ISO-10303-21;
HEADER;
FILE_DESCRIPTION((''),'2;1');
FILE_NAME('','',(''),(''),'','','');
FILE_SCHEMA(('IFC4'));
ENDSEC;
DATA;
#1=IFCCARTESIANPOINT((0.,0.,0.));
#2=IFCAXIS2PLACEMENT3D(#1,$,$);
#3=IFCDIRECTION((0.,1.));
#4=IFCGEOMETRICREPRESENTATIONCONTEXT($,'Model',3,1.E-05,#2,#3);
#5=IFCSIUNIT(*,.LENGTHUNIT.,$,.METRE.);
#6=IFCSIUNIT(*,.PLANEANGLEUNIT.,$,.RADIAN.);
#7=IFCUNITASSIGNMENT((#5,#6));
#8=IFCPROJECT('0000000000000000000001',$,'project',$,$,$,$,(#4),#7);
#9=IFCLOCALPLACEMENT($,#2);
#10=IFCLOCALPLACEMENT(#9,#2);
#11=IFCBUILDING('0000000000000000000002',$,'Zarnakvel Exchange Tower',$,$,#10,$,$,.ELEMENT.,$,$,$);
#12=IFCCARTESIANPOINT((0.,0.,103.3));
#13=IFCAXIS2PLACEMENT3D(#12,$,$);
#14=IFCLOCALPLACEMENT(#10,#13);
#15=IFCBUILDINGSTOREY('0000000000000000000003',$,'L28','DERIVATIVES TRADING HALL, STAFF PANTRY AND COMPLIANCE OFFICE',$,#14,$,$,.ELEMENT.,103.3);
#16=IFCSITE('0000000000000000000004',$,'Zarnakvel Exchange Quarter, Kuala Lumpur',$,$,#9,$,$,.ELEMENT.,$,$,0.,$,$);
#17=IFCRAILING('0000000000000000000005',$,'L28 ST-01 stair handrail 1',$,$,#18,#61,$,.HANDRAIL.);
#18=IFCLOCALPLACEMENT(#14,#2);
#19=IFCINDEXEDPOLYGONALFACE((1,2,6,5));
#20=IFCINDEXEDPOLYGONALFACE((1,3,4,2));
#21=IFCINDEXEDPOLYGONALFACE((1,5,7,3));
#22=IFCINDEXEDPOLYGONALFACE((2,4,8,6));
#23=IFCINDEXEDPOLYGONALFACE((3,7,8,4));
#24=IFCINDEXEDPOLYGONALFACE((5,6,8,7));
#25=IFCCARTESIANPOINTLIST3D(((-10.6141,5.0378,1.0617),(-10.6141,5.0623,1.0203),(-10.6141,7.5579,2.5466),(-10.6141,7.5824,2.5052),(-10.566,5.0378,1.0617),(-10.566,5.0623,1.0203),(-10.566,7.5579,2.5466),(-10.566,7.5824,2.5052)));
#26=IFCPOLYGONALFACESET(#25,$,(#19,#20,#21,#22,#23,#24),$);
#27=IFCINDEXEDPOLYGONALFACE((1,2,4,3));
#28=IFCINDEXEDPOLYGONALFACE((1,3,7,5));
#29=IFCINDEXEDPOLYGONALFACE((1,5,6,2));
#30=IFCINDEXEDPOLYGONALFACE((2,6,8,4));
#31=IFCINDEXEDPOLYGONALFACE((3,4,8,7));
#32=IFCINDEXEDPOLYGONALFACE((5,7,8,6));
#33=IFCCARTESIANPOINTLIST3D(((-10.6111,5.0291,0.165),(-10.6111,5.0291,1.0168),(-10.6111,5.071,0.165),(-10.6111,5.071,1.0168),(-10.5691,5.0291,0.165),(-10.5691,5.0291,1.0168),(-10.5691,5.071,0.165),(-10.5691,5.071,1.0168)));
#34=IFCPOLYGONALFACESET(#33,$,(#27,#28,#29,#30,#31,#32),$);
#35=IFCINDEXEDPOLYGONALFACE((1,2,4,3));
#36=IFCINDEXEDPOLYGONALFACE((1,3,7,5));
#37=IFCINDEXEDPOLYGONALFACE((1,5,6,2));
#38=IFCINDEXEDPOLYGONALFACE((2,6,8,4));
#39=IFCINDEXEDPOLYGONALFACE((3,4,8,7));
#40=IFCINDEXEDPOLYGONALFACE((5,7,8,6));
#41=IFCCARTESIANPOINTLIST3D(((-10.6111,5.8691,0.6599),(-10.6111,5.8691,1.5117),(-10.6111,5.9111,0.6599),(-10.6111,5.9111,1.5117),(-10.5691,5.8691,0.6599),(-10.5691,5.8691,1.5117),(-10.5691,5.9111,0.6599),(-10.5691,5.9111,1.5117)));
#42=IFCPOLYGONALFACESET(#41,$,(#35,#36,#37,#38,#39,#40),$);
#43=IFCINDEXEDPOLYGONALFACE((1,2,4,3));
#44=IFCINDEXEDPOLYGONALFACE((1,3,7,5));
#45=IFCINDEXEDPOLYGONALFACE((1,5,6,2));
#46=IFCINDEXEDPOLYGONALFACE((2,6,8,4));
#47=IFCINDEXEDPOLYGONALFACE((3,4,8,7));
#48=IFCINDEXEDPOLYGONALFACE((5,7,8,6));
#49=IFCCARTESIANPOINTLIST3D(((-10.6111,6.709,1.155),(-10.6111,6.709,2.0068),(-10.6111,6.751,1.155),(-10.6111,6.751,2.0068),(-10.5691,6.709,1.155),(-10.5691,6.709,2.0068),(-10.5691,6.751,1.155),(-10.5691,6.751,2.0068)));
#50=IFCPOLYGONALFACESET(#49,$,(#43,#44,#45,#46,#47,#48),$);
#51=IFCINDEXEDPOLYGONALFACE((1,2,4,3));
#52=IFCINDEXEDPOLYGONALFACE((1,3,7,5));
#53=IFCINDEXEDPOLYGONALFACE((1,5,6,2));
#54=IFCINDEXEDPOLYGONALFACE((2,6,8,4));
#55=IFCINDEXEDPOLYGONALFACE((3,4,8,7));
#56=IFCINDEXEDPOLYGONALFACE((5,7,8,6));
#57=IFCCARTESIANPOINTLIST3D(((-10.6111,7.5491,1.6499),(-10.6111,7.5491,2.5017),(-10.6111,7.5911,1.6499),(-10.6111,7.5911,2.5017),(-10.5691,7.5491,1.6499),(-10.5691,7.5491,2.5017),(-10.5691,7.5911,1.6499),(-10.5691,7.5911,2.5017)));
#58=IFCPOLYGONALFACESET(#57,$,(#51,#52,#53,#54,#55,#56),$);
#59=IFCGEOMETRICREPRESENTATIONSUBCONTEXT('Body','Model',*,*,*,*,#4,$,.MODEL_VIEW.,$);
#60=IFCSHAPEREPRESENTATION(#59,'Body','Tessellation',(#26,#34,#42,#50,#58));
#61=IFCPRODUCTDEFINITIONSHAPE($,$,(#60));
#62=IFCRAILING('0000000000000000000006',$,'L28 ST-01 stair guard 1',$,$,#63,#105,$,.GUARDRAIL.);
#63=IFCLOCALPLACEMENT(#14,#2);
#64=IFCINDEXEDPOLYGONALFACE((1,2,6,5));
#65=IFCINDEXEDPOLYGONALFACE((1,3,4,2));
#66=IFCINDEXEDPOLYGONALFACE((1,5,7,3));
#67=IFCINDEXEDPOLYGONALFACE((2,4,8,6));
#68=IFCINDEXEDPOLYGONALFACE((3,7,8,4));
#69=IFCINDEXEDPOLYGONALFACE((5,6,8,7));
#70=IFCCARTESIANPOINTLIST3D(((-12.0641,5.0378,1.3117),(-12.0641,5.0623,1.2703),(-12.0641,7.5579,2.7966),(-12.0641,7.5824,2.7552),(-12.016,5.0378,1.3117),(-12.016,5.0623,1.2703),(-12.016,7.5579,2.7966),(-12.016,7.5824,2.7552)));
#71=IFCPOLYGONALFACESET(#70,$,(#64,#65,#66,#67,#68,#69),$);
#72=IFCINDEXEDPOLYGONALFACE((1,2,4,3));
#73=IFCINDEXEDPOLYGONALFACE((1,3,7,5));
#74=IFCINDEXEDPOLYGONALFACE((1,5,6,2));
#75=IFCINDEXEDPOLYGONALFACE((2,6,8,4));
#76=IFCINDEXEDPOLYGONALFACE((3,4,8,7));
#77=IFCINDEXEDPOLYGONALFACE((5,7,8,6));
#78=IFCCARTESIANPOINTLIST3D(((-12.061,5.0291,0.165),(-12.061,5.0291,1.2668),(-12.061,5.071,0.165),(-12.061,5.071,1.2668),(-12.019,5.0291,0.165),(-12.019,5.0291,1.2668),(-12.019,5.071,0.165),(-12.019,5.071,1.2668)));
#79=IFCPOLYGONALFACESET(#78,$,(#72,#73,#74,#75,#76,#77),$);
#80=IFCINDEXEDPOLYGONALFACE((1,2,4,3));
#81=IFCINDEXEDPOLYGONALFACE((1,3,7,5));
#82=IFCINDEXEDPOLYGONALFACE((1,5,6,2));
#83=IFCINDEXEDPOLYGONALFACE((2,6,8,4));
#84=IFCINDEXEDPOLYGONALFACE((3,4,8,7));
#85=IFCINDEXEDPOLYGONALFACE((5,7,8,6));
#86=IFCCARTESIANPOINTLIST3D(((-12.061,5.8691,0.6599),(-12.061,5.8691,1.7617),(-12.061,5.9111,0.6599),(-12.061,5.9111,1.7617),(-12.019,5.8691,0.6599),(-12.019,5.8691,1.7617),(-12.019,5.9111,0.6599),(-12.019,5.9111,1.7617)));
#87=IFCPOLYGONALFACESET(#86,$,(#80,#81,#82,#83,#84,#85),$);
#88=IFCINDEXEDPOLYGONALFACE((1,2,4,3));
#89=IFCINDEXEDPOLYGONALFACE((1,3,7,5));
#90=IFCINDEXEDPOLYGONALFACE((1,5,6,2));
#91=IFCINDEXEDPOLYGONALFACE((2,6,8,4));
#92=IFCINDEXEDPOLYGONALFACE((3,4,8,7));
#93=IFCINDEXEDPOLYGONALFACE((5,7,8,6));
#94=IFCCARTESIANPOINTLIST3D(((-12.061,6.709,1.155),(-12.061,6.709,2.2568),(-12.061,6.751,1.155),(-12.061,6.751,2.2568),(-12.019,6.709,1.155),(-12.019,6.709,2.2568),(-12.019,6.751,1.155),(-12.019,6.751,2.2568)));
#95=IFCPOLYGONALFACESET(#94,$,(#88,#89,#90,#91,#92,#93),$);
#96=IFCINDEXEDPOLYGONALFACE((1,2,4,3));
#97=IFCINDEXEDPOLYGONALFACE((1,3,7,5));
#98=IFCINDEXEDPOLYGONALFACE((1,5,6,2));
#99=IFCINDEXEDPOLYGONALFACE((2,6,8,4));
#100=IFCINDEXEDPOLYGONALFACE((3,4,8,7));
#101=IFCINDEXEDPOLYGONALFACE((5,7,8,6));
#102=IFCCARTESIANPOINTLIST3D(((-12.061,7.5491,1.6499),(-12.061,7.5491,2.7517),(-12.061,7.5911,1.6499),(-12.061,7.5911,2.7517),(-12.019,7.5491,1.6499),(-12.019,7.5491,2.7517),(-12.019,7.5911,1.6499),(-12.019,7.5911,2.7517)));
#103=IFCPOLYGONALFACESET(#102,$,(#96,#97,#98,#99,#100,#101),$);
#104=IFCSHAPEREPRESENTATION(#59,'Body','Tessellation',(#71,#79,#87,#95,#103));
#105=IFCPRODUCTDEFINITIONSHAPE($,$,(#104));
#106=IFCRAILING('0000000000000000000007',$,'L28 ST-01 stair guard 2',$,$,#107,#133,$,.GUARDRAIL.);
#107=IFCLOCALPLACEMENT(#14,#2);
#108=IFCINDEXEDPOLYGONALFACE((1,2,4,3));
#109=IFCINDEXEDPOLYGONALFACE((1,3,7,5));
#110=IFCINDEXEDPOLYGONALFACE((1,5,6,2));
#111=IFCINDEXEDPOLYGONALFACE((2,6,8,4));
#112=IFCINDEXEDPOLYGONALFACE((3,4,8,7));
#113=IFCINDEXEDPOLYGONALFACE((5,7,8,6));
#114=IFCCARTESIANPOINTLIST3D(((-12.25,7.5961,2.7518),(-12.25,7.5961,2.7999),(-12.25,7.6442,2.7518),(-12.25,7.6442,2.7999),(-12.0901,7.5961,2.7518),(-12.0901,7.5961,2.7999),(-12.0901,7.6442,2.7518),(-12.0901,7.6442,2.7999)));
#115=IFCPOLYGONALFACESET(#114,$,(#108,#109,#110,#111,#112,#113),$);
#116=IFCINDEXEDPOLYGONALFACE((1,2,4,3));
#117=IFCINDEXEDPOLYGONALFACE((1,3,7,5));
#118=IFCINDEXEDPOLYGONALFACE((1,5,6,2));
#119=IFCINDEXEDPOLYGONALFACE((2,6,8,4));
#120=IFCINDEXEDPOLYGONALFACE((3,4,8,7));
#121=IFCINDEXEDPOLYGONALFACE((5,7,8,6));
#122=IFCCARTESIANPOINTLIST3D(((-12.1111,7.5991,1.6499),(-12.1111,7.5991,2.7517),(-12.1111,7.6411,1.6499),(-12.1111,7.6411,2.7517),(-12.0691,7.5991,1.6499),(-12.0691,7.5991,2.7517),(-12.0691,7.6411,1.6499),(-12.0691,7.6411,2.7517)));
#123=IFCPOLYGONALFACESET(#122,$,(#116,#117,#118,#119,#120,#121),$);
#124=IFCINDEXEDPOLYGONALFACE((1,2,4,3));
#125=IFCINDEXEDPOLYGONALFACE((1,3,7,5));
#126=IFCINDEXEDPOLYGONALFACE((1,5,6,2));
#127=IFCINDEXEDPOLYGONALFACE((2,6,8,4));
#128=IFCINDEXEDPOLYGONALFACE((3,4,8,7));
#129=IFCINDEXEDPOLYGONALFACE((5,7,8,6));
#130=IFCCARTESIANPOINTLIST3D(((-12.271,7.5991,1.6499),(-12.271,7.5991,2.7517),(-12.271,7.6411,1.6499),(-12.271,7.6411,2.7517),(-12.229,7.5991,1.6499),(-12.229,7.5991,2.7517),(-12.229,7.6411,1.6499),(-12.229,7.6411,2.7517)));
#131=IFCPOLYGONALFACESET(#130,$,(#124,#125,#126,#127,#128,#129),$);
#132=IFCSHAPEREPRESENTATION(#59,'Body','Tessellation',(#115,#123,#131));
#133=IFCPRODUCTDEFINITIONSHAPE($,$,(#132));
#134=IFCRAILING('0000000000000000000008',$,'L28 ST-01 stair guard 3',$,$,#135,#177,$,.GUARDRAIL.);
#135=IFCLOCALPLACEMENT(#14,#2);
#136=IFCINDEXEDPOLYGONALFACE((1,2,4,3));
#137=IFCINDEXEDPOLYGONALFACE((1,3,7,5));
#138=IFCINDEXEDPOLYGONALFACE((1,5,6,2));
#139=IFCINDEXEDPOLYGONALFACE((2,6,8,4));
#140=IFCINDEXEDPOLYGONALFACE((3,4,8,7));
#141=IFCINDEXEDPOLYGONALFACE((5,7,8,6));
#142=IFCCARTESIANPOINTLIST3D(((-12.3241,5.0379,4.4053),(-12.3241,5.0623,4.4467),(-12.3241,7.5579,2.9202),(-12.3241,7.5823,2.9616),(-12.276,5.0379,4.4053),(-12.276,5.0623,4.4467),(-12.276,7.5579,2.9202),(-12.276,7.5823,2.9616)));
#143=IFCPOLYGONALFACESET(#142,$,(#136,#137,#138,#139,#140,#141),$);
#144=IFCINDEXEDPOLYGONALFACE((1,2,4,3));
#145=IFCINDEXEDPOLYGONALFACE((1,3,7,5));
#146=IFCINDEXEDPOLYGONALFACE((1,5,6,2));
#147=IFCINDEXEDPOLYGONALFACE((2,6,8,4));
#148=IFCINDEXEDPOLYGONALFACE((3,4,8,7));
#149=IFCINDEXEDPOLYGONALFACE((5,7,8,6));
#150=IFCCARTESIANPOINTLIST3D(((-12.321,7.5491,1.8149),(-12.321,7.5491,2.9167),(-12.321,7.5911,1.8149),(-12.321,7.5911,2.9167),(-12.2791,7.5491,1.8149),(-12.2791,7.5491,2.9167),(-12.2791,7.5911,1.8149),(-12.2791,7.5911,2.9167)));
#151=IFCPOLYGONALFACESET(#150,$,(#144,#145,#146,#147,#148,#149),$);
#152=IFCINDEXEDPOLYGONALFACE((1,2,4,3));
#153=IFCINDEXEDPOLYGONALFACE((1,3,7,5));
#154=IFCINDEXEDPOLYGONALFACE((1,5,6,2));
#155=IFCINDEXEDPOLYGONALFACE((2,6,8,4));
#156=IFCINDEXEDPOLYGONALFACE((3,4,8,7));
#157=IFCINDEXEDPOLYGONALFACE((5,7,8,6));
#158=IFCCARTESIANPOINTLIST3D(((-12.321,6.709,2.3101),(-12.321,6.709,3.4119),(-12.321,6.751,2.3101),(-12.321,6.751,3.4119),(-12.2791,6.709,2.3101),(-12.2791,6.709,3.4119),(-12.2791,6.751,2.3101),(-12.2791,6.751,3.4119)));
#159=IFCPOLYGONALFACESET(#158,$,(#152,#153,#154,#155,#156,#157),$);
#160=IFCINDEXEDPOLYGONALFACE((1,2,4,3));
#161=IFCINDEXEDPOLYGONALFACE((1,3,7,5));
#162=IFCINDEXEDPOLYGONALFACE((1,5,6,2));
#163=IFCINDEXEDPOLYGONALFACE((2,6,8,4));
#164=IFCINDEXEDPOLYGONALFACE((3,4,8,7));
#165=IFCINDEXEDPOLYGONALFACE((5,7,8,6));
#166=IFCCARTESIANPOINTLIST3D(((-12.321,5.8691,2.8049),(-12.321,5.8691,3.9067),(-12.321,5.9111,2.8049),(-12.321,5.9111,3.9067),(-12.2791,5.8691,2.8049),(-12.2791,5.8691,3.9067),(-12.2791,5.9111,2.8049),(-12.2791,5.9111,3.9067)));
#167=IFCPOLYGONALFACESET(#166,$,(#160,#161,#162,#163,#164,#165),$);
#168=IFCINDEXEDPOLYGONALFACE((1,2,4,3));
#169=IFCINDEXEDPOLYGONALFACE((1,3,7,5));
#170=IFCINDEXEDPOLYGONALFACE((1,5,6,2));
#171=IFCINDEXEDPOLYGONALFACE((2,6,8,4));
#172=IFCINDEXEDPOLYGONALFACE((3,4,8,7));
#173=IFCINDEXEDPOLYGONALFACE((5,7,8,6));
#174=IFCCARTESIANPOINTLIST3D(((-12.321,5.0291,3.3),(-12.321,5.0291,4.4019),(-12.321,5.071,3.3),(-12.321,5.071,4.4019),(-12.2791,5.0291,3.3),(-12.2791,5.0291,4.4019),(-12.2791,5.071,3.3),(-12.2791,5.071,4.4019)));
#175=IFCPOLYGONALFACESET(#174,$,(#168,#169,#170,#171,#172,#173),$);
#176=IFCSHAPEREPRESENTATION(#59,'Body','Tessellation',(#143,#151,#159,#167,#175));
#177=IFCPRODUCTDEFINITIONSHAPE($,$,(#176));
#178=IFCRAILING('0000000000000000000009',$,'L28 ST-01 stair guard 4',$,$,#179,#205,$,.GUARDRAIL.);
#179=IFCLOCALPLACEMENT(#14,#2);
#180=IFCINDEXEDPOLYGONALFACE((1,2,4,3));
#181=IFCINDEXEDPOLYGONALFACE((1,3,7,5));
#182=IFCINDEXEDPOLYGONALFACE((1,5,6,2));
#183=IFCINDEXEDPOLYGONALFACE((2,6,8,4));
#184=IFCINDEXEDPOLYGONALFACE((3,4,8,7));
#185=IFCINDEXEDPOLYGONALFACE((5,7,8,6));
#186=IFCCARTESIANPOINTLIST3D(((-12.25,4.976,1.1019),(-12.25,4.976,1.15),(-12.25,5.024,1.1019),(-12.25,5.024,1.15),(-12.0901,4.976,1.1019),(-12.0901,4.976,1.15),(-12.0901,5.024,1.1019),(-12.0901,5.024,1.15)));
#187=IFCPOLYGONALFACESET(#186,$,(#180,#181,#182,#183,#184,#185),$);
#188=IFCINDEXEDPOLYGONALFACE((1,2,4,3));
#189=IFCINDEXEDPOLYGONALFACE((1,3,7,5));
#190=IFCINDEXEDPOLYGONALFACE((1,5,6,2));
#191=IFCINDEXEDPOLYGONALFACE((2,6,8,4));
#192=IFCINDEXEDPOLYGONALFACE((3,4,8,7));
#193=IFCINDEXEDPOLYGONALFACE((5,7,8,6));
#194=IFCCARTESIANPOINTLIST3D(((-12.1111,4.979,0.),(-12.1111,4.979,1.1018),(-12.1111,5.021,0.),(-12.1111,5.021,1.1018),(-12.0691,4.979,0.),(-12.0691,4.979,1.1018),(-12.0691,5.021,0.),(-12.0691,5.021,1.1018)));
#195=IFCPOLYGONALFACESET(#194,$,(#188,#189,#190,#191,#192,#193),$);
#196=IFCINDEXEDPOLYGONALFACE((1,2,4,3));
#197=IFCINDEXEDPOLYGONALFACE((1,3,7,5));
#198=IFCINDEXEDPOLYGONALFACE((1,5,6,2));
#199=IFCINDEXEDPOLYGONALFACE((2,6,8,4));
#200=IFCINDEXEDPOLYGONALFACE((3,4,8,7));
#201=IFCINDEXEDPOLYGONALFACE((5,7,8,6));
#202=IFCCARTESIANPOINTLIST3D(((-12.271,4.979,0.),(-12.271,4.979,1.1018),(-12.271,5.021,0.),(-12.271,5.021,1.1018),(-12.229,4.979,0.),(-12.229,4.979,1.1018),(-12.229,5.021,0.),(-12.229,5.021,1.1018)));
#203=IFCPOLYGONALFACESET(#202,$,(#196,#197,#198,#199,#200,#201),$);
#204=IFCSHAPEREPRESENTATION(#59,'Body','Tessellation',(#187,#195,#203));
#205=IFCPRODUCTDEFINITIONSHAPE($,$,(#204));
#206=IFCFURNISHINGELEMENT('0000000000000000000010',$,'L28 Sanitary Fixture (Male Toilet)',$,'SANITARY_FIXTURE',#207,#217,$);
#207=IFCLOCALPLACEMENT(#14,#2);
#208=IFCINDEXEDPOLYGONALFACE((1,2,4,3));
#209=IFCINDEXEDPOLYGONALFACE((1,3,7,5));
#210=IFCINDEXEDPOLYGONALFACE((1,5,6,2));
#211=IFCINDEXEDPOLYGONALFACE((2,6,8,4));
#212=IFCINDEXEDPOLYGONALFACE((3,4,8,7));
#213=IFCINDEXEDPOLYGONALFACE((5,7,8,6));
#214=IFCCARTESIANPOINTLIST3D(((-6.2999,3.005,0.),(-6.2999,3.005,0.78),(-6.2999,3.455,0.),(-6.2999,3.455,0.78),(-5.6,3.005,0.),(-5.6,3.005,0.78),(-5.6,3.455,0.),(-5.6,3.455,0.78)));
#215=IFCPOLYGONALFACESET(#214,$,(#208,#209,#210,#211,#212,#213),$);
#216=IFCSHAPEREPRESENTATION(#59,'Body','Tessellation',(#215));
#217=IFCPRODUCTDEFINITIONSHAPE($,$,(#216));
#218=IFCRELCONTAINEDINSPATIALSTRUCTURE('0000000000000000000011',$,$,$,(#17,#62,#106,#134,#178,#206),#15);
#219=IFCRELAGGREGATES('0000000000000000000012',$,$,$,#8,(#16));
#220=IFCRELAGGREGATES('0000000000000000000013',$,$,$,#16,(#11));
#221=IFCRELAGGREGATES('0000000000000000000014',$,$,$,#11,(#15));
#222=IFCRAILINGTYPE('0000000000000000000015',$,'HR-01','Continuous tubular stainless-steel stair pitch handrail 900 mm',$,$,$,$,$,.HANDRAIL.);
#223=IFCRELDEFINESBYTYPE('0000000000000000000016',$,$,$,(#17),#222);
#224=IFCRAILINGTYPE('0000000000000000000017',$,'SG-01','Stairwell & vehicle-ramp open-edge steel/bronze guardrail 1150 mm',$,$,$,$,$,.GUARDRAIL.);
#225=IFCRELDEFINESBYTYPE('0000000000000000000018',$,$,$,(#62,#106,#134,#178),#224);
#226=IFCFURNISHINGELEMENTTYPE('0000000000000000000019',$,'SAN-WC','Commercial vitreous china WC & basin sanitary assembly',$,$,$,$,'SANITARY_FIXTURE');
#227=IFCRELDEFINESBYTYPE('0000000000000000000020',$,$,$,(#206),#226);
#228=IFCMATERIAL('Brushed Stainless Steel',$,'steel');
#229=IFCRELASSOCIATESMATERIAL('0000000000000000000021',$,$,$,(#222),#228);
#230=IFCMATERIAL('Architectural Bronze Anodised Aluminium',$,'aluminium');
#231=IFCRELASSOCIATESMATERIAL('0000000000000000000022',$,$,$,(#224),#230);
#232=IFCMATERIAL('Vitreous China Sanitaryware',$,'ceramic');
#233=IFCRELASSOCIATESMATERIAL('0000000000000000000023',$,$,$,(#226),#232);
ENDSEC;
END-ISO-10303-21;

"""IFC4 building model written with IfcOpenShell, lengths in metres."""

from ifc_helpers import new_model, si_unit, direction, frame, origin, origin_2d, place, context, subcontext, project, spatial, rectangle, extrude, source, transform, mapped, material, type_object, element, save


model = new_model("IFC4")

# Units and contexts
model_context = context("Model", 3, precision=1e-05, world=origin(), true_north=direction((0.0, 1.0)))
body_context = subcontext(model_context, "Body", "Model", "MODEL_VIEW")
ifc_project = project(units=[si_unit("LENGTHUNIT", "METRE"), si_unit("PLANEANGLEUNIT", "RADIAN")], contexts=[model_context])

# Site, building, storey
site_placement = place(None, origin())
site = spatial("IfcSite", under=ifc_project, at=site_placement, Name="Zarnakvel Exchange Quarter, Kuala Lumpur", CompositionType="ELEMENT", RefElevation=0.0)
building_placement = place(site_placement, origin())
building = spatial("IfcBuilding", under=site, at=building_placement, Name="Zarnakvel Exchange Tower", CompositionType="ELEMENT")
storey_placement = place(building_placement, frame((0.0, 0.0, 103.3)))
storey = spatial("IfcBuildingStorey", under=building, at=storey_placement, Name="L28", Description="DERIVATIVES TRADING HALL, STAFF PANTRY AND COMPLIANCE OFFICE", CompositionType="ELEMENT", Elevation=103.3)

# Shared definitions
ifc_material_1 = material(Name="Brushed Stainless Steel", Category="steel")

# Shared definitions
ifc_material_2 = material(Name="Architectural Bronze Anodised Aluminium", Category="aluminium")

# Railings
railing_type_1 = type_object("IfcRailingType", Name="HR-01", Description="Continuous tubular stainless-steel stair pitch handrail 900 mm", PredefinedType="HANDRAIL", material=ifc_material_1)
railing_1_placement = place(storey_placement, frame((-10.5901, 5.05, 0.165)))
element("IfcRailing", 1, at=railing_1_placement, inside=storey, type_object=railing_type_1, Name="L28 ST-01 stair handrail 1", PredefinedType="HANDRAIL", context=body_context, shape_type="SweptSolid", body=[
    extrude(rectangle(XDim=0.0481, YDim=0.0481, at=origin_2d()), frame((0.0, 0.0, 0.876), z_axis=(0.0, 0.861561, 0.507655), x_axis=(-1.0, 0.0, 0.0)), (0.0, 0.0, 1.0), 2.925),
    extrude(rectangle(XDim=0.042, YDim=0.042, at=origin_2d()), origin(), (0.0, 0.0, 1.0), 0.8518),
    extrude(rectangle(XDim=0.042, YDim=0.042, at=origin_2d()), frame((0.0, 0.8401, 0.4949)), (0.0, 0.0, 1.0), 0.8518),
    extrude(rectangle(XDim=0.042, YDim=0.042, at=origin_2d()), frame((0.0, 1.6799, 0.99)), (0.0, 0.0, 1.0), 0.8518),
    extrude(rectangle(XDim=0.042, YDim=0.042, at=origin_2d()), frame((0.0, 2.52, 1.4849)), (0.0, 0.0, 1.0), 0.8518),
])
railing_type_2 = type_object("IfcRailingType", Name="SG-01", Description="Stairwell & vehicle-ramp open-edge steel/bronze guardrail 1150 mm", PredefinedType="GUARDRAIL", material=ifc_material_2)
railing_2_placement = place(storey_placement, frame((-12.04, 5.05, 0.165)))
element("IfcRailing", 2, at=railing_2_placement, inside=storey, type_object=railing_type_2, Name="L28 ST-01 stair guard 1", PredefinedType="GUARDRAIL", context=body_context, shape_type="SweptSolid", body=[
    extrude(rectangle(XDim=0.0481, YDim=0.0481, at=origin_2d()), frame((0.0, 0.0, 1.126), z_axis=(0.0, 0.861561, 0.507655), x_axis=(-1.0, 0.0, 0.0)), (0.0, 0.0, 1.0), 2.925),
    extrude(rectangle(XDim=0.042, YDim=0.042, at=origin_2d()), origin(), (0.0, 0.0, 1.0), 1.1018),
    extrude(rectangle(XDim=0.042, YDim=0.042, at=origin_2d()), frame((0.0, 0.8401, 0.4949)), (0.0, 0.0, 1.0), 1.1018),
    extrude(rectangle(XDim=0.042, YDim=0.042, at=origin_2d()), frame((0.0, 1.6799, 0.99)), (0.0, 0.0, 1.0), 1.1018),
    extrude(rectangle(XDim=0.042, YDim=0.042, at=origin_2d()), frame((0.0, 2.52, 1.4849)), (0.0, 0.0, 1.0), 1.1018),
])
railing_3_placement = place(storey_placement, frame((-12.0901, 7.6201, 1.6499)))
element("IfcRailing", 3, at=railing_3_placement, inside=storey, type_object=railing_type_2, Name="L28 ST-01 stair guard 2", PredefinedType="GUARDRAIL", context=body_context, shape_type="SweptSolid", body=[
    extrude(rectangle(XDim=0.0481, YDim=0.0481, at=origin_2d()), frame((0.0, 0.0, 1.126), z_axis=(-1.0, 0.0, 0.0), x_axis=(0.0, -1.0, 0.0)), (0.0, 0.0, 1.0), 0.1599),
    extrude(rectangle(XDim=0.042, YDim=0.042, at=origin_2d()), origin(), (0.0, 0.0, 1.0), 1.1018),
    extrude(rectangle(XDim=0.042, YDim=0.042, at=origin_2d()), frame((-0.1599, 0.0, 0.0)), (0.0, 0.0, 1.0), 1.1018),
])
railing_4_placement = place(storey_placement, frame((-12.3, 7.5701, 1.8149)))
element("IfcRailing", 4, at=railing_4_placement, inside=storey, type_object=railing_type_2, Name="L28 ST-01 stair guard 3", PredefinedType="GUARDRAIL", context=body_context, shape_type="SweptSolid", body=[
    extrude(rectangle(XDim=0.0481, YDim=0.0481, at=origin_2d()), frame((0.0, 0.0, 1.126), z_axis=(0.0, -0.861524, 0.507717), x_axis=(1.0, 0.0, 0.0)), (0.0, 0.0, 1.0), 2.925),
    extrude(rectangle(XDim=0.042, YDim=0.042, at=origin_2d()), origin(), (0.0, 0.0, 1.0), 1.1018),
    extrude(rectangle(XDim=0.042, YDim=0.042, at=origin_2d()), frame((0.0, -0.8401, 0.4951)), (0.0, 0.0, 1.0), 1.1018),
    extrude(rectangle(XDim=0.042, YDim=0.042, at=origin_2d()), frame((0.0, -1.6799, 0.99)), (0.0, 0.0, 1.0), 1.1018),
    extrude(rectangle(XDim=0.042, YDim=0.042, at=origin_2d()), frame((0.0, -2.52, 1.4851)), (0.0, 0.0, 1.0), 1.1018),
])
railing_5_placement = place(storey_placement, frame((-12.0901, 5.0, 0.0)))
element("IfcRailing", 5, at=railing_5_placement, inside=storey, type_object=railing_type_2, Name="L28 ST-01 stair guard 4", PredefinedType="GUARDRAIL", context=body_context, shape_type="SweptSolid", body=[
    extrude(rectangle(XDim=0.0481, YDim=0.0481, at=origin_2d()), frame((0.0, 0.0, 1.126), z_axis=(-1.0, 0.0, 0.0), x_axis=(0.0, -1.0, 0.0)), (0.0, 0.0, 1.0), 0.1599),
    extrude(rectangle(XDim=0.042, YDim=0.042, at=origin_2d()), origin(), (0.0, 0.0, 1.0), 1.1018),
    extrude(rectangle(XDim=0.042, YDim=0.042, at=origin_2d()), frame((-0.1599, 0.0, 0.0)), (0.0, 0.0, 1.0), 1.1018),
])

# Furnishing element
ifc_material_3 = material(Name="Vitreous China Sanitaryware", Category="ceramic")
furnishing_element_type = type_object("IfcFurnishingElementType", Name="SAN-WC", Description="Commercial vitreous china WC & basin sanitary assembly", ElementType="SANITARY_FIXTURE", material=ifc_material_3)
shared_shape_1 = source(origin(), body_context, "Body", "SweptSolid", [
    extrude(rectangle(XDim=0.7, YDim=0.45, at=origin_2d()), origin(), (0.0, 0.0, 1.0), 0.78),
])
furnishing_placement = place(storey_placement, frame((-5.95, 3.23, 0.0), z_axis=(0.0, 0.0, 1.0), x_axis=(1.0, 0.0, 0.0)))
element("IfcFurnishingElement", 6, at=furnishing_placement, inside=storey, type_object=furnishing_element_type, Name="L28 Sanitary Fixture (Male Toilet)", ObjectType="SANITARY_FIXTURE", context=body_context, shape_type="MappedRepresentation", body=[
    mapped(shared_shape_1, transform((0.0, 0.0, 0.0), x_axis=(1.0, 0.0, 0.0), y_axis=(0.0, 1.0, 0.0), z_axis=(0.0, 0.0, 1.0), scale=1.0)),
])

save(model, "model.ifc")
